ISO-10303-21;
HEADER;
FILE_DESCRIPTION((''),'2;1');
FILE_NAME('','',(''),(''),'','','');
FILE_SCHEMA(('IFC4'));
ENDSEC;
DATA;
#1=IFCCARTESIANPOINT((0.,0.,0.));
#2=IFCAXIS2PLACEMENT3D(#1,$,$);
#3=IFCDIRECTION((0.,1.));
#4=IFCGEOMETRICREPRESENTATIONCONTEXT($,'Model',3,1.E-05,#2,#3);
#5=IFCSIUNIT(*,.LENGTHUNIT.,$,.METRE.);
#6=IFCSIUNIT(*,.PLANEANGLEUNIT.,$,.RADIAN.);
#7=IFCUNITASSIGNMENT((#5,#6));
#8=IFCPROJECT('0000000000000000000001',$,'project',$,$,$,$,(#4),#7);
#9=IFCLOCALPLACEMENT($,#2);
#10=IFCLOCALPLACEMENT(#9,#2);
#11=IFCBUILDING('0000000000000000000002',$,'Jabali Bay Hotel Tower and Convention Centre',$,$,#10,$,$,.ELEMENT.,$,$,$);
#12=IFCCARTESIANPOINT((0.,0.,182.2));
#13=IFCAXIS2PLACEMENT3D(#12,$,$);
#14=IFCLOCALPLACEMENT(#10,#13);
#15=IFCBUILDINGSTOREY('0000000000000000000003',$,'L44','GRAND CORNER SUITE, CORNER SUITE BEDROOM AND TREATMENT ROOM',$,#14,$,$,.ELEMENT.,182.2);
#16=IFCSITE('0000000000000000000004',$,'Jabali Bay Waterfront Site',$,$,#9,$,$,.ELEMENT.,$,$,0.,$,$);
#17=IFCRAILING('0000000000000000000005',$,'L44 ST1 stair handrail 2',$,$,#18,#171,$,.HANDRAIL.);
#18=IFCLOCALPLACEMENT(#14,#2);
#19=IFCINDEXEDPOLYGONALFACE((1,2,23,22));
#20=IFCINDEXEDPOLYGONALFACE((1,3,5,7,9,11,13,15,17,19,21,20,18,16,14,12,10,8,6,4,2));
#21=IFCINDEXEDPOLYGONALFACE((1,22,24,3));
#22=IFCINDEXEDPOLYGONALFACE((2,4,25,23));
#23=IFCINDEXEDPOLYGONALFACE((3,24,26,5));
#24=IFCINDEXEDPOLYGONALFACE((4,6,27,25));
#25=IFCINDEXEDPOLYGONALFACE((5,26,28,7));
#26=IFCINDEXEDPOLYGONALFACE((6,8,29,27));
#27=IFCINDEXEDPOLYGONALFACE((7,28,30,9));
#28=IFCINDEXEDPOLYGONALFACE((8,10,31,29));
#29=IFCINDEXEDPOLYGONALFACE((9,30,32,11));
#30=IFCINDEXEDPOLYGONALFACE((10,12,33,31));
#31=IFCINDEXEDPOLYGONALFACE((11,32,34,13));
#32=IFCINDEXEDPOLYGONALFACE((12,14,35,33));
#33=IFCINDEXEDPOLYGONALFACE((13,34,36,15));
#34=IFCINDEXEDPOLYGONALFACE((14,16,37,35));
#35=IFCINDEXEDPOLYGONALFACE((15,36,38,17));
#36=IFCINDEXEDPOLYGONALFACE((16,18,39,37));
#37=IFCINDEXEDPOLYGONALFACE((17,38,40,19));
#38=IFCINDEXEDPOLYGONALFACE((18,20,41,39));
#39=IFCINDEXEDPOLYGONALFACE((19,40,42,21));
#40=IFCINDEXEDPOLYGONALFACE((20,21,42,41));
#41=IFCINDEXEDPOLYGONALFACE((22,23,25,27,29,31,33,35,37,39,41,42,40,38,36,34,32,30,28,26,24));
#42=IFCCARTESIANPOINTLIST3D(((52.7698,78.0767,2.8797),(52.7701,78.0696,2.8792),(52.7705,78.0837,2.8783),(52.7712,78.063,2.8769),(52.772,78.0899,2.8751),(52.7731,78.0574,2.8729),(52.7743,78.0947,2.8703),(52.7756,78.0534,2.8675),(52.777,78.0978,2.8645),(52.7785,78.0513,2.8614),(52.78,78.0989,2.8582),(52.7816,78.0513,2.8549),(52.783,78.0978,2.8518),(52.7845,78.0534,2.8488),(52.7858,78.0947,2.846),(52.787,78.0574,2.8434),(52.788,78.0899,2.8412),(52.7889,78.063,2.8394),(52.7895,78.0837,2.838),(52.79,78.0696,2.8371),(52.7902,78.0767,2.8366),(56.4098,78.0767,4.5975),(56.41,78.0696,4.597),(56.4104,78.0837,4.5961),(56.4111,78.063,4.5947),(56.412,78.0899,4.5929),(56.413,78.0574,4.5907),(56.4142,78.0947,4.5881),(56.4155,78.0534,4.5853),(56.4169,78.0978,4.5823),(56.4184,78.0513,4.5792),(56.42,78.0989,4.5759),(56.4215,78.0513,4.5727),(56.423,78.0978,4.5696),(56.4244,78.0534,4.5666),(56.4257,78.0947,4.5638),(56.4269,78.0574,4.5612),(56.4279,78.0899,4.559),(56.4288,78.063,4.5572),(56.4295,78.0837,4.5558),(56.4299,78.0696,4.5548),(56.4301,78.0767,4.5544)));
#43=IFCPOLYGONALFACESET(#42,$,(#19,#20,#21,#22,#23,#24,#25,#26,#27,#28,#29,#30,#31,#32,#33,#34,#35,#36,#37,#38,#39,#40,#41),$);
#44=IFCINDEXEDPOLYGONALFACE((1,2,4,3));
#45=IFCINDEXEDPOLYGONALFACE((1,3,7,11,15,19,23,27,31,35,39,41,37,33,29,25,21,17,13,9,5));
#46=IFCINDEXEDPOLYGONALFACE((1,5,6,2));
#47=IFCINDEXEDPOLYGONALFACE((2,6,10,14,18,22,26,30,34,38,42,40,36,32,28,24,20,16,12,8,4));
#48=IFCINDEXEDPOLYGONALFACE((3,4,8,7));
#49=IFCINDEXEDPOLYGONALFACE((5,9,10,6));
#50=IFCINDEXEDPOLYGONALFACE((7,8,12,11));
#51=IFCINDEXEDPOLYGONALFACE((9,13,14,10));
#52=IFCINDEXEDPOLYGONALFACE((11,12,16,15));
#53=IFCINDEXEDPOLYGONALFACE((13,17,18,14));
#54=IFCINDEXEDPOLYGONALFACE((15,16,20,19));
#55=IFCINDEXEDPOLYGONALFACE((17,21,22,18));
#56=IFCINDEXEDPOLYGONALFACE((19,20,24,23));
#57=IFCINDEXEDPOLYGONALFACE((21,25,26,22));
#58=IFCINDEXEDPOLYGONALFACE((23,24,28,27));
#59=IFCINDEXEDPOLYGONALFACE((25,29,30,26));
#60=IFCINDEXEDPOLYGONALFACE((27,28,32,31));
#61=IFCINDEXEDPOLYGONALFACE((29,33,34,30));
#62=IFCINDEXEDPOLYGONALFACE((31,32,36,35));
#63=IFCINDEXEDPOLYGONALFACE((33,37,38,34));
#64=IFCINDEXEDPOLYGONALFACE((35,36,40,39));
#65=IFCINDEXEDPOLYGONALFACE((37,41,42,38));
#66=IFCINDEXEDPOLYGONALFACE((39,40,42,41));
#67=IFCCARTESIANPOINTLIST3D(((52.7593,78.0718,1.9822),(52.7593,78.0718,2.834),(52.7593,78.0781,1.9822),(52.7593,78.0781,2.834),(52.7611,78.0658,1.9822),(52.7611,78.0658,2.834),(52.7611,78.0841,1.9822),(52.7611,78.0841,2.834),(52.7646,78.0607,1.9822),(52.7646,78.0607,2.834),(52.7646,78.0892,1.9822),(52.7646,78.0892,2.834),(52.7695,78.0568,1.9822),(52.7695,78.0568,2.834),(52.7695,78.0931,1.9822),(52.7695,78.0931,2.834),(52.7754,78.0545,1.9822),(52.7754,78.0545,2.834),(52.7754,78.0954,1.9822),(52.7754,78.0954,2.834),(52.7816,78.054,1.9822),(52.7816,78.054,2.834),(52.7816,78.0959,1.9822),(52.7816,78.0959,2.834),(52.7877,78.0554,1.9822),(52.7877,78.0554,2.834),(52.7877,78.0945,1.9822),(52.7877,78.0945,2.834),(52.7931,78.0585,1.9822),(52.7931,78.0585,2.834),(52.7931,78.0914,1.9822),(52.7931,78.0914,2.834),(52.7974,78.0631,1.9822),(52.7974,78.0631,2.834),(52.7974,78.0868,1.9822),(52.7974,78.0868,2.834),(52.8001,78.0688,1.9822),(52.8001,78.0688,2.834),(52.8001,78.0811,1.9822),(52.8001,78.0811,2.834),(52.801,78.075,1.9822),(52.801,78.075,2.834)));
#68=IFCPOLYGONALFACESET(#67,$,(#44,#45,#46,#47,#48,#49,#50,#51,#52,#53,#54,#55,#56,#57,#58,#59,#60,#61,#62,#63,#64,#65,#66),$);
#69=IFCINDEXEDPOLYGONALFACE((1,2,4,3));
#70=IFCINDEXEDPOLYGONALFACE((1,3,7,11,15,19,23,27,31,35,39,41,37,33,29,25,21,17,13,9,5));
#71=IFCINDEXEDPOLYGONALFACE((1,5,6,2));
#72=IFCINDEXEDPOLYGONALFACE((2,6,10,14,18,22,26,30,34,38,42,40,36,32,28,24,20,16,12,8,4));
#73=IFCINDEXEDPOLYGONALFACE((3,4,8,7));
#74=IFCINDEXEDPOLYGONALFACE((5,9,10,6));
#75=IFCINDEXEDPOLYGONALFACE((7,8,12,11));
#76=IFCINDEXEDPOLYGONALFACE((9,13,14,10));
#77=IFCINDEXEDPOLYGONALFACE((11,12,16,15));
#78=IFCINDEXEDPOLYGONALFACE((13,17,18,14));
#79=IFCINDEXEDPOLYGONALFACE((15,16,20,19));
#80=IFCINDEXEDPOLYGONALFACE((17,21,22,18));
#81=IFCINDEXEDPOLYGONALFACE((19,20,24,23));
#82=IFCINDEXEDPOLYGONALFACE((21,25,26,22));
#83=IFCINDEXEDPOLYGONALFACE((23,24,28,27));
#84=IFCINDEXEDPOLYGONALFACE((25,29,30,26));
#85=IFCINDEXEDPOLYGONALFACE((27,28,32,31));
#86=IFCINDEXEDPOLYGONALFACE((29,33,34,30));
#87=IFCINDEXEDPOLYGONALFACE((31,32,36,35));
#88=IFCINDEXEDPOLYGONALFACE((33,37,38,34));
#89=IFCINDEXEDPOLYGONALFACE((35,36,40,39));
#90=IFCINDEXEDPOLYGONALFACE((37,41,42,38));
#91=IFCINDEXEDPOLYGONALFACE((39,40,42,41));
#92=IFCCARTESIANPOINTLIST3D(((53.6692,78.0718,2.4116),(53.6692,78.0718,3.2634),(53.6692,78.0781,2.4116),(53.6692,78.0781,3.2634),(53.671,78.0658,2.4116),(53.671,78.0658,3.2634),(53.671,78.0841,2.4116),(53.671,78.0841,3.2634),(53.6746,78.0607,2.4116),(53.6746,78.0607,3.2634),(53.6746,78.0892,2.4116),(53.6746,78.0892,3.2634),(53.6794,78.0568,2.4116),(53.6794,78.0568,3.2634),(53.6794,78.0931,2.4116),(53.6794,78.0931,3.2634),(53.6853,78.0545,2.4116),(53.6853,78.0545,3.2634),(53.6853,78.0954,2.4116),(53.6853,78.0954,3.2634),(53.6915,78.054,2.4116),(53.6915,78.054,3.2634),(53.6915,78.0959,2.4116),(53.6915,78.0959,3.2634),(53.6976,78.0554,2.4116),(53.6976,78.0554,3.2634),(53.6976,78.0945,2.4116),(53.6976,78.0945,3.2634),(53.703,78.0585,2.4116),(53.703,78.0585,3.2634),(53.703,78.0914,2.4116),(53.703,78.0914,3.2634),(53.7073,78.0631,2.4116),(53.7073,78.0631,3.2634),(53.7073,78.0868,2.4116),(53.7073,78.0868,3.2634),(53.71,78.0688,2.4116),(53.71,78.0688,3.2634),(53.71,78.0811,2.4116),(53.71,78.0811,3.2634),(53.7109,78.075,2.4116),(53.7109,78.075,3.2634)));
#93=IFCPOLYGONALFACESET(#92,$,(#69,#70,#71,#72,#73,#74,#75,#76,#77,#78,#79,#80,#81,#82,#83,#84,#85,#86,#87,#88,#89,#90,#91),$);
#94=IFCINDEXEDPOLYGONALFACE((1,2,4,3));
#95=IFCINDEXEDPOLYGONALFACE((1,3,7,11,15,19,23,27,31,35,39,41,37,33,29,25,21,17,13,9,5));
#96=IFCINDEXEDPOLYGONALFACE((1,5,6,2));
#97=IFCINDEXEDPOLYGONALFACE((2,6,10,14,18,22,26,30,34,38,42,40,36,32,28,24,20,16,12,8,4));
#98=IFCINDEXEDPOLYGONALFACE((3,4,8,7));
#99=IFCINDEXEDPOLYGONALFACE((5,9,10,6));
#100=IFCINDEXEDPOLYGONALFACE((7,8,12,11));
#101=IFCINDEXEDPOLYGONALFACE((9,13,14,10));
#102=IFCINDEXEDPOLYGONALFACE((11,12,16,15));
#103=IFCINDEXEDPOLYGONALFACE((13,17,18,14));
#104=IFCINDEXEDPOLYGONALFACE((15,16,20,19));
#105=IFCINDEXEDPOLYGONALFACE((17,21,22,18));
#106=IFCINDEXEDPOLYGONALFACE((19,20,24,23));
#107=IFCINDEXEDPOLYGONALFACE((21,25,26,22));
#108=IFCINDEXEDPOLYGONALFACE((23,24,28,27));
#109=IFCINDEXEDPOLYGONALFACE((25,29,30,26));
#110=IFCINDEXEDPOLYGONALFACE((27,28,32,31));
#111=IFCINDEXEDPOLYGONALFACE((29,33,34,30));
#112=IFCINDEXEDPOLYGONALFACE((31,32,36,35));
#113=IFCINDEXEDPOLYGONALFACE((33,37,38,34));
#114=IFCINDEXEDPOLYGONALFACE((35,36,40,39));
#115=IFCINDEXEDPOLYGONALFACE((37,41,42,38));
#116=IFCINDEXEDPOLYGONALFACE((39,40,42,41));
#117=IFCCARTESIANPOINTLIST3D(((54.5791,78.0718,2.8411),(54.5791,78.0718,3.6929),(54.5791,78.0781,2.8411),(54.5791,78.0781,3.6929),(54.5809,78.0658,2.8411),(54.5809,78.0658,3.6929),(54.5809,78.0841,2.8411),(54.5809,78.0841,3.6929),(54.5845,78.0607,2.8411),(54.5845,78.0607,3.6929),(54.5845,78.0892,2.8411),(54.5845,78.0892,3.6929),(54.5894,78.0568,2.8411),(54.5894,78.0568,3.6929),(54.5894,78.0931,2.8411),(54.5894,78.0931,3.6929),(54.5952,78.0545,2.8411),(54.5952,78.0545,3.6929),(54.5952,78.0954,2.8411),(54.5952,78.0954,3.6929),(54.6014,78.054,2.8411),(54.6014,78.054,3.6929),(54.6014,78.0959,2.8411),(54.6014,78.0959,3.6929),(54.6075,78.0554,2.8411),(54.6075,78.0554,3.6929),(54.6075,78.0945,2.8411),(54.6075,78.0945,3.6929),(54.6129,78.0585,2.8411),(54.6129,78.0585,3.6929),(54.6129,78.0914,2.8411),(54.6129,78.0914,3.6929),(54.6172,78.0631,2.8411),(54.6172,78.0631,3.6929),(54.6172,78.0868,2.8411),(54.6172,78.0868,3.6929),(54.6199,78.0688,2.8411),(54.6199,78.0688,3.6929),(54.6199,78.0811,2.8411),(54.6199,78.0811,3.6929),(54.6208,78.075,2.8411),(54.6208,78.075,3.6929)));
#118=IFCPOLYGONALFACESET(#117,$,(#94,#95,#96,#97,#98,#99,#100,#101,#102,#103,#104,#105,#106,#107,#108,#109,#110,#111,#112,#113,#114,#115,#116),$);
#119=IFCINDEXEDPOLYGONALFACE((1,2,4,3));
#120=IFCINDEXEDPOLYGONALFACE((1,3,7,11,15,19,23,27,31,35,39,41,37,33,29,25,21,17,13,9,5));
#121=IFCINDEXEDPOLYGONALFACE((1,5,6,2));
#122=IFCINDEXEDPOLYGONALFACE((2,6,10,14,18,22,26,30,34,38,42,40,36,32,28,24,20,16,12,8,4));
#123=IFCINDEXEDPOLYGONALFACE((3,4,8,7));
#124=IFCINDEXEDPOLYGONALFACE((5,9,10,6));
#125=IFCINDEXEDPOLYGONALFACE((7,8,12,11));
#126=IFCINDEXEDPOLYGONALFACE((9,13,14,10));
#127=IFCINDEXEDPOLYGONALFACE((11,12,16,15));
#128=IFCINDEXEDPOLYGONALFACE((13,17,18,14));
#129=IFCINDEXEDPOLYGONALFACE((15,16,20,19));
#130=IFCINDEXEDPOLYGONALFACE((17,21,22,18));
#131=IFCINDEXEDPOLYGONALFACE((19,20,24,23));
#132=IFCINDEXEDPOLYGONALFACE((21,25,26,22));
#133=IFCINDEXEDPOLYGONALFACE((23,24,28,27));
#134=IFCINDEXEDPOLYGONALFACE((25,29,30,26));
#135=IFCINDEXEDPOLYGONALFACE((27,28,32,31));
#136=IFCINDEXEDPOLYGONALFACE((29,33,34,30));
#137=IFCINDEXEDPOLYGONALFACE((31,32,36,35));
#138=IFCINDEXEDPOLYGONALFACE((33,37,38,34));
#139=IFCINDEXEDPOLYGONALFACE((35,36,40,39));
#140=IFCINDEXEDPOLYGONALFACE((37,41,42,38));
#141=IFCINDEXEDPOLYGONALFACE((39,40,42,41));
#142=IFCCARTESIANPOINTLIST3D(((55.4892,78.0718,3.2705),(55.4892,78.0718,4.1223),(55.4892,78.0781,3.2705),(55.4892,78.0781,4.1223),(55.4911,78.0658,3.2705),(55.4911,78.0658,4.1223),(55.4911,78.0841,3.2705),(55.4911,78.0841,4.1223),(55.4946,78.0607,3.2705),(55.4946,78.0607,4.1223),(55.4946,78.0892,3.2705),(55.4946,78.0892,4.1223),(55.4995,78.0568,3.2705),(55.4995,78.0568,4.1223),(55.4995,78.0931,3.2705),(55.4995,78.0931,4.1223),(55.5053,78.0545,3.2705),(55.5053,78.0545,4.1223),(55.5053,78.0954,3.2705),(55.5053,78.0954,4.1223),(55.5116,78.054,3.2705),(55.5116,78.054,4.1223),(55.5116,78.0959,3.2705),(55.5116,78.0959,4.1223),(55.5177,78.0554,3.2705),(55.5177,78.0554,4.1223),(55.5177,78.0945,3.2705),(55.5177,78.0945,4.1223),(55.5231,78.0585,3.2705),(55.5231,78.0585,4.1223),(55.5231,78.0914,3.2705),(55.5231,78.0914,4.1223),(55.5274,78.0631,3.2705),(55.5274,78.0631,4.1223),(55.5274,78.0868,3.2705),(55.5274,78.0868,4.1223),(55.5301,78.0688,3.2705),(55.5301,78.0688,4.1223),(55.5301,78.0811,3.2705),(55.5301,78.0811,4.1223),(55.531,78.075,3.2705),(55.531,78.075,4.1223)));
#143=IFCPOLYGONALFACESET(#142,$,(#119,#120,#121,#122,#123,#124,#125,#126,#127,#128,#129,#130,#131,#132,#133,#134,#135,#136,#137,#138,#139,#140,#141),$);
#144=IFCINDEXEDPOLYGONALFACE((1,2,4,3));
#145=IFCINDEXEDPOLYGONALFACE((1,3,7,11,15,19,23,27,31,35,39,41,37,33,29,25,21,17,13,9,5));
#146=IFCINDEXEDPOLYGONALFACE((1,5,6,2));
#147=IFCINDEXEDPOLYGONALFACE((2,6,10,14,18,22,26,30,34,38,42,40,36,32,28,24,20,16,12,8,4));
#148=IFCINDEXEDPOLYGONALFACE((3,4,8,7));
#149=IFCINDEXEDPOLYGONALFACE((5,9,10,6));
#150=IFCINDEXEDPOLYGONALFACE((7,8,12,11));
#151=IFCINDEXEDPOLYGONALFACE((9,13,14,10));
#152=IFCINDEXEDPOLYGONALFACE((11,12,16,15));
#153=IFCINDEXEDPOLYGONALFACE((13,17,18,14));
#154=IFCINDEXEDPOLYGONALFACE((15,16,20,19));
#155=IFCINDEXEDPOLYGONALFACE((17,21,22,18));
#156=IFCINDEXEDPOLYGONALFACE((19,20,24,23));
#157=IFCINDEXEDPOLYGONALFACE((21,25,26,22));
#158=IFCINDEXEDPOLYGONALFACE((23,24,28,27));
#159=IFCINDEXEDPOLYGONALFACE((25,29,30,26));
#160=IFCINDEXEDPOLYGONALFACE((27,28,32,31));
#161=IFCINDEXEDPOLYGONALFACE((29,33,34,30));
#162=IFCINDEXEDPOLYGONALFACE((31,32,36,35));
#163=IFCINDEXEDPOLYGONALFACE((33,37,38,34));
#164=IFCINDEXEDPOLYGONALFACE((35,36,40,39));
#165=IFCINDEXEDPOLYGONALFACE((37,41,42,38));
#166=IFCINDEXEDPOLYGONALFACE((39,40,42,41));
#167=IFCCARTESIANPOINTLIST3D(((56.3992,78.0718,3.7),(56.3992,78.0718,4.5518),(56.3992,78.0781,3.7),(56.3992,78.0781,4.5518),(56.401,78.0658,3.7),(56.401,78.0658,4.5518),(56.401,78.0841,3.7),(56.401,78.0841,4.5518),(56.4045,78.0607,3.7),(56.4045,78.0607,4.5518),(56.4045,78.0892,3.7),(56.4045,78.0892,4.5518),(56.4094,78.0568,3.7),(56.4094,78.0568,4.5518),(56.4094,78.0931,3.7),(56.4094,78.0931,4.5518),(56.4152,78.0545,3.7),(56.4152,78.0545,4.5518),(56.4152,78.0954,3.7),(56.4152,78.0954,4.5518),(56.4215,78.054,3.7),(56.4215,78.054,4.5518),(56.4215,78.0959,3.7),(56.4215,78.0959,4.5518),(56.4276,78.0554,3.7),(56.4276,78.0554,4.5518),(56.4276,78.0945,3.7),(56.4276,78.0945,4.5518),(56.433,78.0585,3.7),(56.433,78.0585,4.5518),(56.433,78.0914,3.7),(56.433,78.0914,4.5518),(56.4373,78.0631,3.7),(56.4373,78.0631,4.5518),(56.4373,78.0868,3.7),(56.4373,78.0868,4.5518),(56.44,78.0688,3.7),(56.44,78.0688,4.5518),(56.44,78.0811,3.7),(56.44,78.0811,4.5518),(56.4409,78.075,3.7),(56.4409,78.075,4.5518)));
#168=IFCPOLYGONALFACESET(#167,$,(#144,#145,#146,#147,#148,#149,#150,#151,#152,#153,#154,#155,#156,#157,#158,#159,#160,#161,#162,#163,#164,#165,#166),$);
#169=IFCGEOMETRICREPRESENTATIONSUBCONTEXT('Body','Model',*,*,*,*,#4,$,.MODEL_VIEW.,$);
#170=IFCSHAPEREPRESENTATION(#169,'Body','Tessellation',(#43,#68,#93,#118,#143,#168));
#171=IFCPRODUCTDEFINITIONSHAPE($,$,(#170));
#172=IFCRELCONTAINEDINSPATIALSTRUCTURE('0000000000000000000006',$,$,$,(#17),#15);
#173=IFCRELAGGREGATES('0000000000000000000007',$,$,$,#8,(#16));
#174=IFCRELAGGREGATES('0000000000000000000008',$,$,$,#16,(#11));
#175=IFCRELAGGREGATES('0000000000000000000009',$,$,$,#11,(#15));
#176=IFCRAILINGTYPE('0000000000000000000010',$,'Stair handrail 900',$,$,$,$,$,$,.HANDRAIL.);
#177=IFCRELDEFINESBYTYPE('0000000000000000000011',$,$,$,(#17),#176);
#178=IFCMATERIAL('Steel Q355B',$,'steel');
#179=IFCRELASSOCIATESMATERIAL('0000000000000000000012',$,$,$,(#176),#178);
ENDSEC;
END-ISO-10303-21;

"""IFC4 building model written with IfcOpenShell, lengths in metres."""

from ifc_helpers import new_model, si_unit, direction, frame, origin, origin_2d, place, context, subcontext, project, spatial, circle, extrude, material, type_object, element, save


model = new_model("IFC4")

# Units and contexts
model_context = context("Model", 3, precision=1e-05, world=origin(), true_north=direction((0.0, 1.0)))
body_context = subcontext(model_context, "Body", "Model", "MODEL_VIEW")
ifc_project = project(units=[si_unit("LENGTHUNIT", "METRE"), si_unit("PLANEANGLEUNIT", "RADIAN")], contexts=[model_context])

# Site, building, storey
site_placement = place(None, origin())
site = spatial("IfcSite", under=ifc_project, at=site_placement, Name="Jabali Bay Waterfront Site", CompositionType="ELEMENT", RefElevation=0.0)
building_placement = place(site_placement, origin())
building = spatial("IfcBuilding", under=site, at=building_placement, Name="Jabali Bay Hotel Tower and Convention Centre", CompositionType="ELEMENT")
storey_placement = place(building_placement, frame((0.0, 0.0, 182.2)))
storey = spatial("IfcBuildingStorey", under=building, at=storey_placement, Name="L44", Description="GRAND CORNER SUITE, CORNER SUITE BEDROOM AND TREATMENT ROOM", CompositionType="ELEMENT", Elevation=182.2)

# Railing
ifc_material_1 = material(Name="Steel Q355B", Category="steel")
railing_type = type_object("IfcRailingType", Name="Stair handrail 900", PredefinedType="HANDRAIL", material=ifc_material_1)
railing_placement = place(storey_placement, frame((52.78, 78.075, 1.9822)))
element("IfcRailing", 1, at=railing_placement, inside=storey, type_object=railing_type, Name="L44 ST1 stair handrail 2", PredefinedType="HANDRAIL", context=body_context, shape_type="SweptSolid", body=[
    extrude(circle(Radius=0.0239, at=origin_2d()), frame((0.0, 0.0, 0.876), z_axis=(0.904351, 0.0, 0.42679), x_axis=(0.0, 1.0, 0.0)), (0.0, 0.0, 1.0), 4.0249),
    extrude(circle(Radius=0.021, at=origin_2d()), origin(), (0.0, 0.0, 1.0), 0.8518),
    extrude(circle(Radius=0.021, at=origin_2d()), frame((0.9099, 0.0, 0.4294)), (0.0, 0.0, 1.0), 0.8518),
    extrude(circle(Radius=0.021, at=origin_2d()), frame((1.8198, 0.0, 0.8589)), (0.0, 0.0, 1.0), 0.8518),
    extrude(circle(Radius=0.021, at=origin_2d()), frame((2.73, 0.0, 1.2883)), (0.0, 0.0, 1.0), 0.8518),
    extrude(circle(Radius=0.021, at=origin_2d()), frame((3.6399, 0.0, 1.7178)), (0.0, 0.0, 1.0), 0.8518),
])

save(model, "model.ifc")
